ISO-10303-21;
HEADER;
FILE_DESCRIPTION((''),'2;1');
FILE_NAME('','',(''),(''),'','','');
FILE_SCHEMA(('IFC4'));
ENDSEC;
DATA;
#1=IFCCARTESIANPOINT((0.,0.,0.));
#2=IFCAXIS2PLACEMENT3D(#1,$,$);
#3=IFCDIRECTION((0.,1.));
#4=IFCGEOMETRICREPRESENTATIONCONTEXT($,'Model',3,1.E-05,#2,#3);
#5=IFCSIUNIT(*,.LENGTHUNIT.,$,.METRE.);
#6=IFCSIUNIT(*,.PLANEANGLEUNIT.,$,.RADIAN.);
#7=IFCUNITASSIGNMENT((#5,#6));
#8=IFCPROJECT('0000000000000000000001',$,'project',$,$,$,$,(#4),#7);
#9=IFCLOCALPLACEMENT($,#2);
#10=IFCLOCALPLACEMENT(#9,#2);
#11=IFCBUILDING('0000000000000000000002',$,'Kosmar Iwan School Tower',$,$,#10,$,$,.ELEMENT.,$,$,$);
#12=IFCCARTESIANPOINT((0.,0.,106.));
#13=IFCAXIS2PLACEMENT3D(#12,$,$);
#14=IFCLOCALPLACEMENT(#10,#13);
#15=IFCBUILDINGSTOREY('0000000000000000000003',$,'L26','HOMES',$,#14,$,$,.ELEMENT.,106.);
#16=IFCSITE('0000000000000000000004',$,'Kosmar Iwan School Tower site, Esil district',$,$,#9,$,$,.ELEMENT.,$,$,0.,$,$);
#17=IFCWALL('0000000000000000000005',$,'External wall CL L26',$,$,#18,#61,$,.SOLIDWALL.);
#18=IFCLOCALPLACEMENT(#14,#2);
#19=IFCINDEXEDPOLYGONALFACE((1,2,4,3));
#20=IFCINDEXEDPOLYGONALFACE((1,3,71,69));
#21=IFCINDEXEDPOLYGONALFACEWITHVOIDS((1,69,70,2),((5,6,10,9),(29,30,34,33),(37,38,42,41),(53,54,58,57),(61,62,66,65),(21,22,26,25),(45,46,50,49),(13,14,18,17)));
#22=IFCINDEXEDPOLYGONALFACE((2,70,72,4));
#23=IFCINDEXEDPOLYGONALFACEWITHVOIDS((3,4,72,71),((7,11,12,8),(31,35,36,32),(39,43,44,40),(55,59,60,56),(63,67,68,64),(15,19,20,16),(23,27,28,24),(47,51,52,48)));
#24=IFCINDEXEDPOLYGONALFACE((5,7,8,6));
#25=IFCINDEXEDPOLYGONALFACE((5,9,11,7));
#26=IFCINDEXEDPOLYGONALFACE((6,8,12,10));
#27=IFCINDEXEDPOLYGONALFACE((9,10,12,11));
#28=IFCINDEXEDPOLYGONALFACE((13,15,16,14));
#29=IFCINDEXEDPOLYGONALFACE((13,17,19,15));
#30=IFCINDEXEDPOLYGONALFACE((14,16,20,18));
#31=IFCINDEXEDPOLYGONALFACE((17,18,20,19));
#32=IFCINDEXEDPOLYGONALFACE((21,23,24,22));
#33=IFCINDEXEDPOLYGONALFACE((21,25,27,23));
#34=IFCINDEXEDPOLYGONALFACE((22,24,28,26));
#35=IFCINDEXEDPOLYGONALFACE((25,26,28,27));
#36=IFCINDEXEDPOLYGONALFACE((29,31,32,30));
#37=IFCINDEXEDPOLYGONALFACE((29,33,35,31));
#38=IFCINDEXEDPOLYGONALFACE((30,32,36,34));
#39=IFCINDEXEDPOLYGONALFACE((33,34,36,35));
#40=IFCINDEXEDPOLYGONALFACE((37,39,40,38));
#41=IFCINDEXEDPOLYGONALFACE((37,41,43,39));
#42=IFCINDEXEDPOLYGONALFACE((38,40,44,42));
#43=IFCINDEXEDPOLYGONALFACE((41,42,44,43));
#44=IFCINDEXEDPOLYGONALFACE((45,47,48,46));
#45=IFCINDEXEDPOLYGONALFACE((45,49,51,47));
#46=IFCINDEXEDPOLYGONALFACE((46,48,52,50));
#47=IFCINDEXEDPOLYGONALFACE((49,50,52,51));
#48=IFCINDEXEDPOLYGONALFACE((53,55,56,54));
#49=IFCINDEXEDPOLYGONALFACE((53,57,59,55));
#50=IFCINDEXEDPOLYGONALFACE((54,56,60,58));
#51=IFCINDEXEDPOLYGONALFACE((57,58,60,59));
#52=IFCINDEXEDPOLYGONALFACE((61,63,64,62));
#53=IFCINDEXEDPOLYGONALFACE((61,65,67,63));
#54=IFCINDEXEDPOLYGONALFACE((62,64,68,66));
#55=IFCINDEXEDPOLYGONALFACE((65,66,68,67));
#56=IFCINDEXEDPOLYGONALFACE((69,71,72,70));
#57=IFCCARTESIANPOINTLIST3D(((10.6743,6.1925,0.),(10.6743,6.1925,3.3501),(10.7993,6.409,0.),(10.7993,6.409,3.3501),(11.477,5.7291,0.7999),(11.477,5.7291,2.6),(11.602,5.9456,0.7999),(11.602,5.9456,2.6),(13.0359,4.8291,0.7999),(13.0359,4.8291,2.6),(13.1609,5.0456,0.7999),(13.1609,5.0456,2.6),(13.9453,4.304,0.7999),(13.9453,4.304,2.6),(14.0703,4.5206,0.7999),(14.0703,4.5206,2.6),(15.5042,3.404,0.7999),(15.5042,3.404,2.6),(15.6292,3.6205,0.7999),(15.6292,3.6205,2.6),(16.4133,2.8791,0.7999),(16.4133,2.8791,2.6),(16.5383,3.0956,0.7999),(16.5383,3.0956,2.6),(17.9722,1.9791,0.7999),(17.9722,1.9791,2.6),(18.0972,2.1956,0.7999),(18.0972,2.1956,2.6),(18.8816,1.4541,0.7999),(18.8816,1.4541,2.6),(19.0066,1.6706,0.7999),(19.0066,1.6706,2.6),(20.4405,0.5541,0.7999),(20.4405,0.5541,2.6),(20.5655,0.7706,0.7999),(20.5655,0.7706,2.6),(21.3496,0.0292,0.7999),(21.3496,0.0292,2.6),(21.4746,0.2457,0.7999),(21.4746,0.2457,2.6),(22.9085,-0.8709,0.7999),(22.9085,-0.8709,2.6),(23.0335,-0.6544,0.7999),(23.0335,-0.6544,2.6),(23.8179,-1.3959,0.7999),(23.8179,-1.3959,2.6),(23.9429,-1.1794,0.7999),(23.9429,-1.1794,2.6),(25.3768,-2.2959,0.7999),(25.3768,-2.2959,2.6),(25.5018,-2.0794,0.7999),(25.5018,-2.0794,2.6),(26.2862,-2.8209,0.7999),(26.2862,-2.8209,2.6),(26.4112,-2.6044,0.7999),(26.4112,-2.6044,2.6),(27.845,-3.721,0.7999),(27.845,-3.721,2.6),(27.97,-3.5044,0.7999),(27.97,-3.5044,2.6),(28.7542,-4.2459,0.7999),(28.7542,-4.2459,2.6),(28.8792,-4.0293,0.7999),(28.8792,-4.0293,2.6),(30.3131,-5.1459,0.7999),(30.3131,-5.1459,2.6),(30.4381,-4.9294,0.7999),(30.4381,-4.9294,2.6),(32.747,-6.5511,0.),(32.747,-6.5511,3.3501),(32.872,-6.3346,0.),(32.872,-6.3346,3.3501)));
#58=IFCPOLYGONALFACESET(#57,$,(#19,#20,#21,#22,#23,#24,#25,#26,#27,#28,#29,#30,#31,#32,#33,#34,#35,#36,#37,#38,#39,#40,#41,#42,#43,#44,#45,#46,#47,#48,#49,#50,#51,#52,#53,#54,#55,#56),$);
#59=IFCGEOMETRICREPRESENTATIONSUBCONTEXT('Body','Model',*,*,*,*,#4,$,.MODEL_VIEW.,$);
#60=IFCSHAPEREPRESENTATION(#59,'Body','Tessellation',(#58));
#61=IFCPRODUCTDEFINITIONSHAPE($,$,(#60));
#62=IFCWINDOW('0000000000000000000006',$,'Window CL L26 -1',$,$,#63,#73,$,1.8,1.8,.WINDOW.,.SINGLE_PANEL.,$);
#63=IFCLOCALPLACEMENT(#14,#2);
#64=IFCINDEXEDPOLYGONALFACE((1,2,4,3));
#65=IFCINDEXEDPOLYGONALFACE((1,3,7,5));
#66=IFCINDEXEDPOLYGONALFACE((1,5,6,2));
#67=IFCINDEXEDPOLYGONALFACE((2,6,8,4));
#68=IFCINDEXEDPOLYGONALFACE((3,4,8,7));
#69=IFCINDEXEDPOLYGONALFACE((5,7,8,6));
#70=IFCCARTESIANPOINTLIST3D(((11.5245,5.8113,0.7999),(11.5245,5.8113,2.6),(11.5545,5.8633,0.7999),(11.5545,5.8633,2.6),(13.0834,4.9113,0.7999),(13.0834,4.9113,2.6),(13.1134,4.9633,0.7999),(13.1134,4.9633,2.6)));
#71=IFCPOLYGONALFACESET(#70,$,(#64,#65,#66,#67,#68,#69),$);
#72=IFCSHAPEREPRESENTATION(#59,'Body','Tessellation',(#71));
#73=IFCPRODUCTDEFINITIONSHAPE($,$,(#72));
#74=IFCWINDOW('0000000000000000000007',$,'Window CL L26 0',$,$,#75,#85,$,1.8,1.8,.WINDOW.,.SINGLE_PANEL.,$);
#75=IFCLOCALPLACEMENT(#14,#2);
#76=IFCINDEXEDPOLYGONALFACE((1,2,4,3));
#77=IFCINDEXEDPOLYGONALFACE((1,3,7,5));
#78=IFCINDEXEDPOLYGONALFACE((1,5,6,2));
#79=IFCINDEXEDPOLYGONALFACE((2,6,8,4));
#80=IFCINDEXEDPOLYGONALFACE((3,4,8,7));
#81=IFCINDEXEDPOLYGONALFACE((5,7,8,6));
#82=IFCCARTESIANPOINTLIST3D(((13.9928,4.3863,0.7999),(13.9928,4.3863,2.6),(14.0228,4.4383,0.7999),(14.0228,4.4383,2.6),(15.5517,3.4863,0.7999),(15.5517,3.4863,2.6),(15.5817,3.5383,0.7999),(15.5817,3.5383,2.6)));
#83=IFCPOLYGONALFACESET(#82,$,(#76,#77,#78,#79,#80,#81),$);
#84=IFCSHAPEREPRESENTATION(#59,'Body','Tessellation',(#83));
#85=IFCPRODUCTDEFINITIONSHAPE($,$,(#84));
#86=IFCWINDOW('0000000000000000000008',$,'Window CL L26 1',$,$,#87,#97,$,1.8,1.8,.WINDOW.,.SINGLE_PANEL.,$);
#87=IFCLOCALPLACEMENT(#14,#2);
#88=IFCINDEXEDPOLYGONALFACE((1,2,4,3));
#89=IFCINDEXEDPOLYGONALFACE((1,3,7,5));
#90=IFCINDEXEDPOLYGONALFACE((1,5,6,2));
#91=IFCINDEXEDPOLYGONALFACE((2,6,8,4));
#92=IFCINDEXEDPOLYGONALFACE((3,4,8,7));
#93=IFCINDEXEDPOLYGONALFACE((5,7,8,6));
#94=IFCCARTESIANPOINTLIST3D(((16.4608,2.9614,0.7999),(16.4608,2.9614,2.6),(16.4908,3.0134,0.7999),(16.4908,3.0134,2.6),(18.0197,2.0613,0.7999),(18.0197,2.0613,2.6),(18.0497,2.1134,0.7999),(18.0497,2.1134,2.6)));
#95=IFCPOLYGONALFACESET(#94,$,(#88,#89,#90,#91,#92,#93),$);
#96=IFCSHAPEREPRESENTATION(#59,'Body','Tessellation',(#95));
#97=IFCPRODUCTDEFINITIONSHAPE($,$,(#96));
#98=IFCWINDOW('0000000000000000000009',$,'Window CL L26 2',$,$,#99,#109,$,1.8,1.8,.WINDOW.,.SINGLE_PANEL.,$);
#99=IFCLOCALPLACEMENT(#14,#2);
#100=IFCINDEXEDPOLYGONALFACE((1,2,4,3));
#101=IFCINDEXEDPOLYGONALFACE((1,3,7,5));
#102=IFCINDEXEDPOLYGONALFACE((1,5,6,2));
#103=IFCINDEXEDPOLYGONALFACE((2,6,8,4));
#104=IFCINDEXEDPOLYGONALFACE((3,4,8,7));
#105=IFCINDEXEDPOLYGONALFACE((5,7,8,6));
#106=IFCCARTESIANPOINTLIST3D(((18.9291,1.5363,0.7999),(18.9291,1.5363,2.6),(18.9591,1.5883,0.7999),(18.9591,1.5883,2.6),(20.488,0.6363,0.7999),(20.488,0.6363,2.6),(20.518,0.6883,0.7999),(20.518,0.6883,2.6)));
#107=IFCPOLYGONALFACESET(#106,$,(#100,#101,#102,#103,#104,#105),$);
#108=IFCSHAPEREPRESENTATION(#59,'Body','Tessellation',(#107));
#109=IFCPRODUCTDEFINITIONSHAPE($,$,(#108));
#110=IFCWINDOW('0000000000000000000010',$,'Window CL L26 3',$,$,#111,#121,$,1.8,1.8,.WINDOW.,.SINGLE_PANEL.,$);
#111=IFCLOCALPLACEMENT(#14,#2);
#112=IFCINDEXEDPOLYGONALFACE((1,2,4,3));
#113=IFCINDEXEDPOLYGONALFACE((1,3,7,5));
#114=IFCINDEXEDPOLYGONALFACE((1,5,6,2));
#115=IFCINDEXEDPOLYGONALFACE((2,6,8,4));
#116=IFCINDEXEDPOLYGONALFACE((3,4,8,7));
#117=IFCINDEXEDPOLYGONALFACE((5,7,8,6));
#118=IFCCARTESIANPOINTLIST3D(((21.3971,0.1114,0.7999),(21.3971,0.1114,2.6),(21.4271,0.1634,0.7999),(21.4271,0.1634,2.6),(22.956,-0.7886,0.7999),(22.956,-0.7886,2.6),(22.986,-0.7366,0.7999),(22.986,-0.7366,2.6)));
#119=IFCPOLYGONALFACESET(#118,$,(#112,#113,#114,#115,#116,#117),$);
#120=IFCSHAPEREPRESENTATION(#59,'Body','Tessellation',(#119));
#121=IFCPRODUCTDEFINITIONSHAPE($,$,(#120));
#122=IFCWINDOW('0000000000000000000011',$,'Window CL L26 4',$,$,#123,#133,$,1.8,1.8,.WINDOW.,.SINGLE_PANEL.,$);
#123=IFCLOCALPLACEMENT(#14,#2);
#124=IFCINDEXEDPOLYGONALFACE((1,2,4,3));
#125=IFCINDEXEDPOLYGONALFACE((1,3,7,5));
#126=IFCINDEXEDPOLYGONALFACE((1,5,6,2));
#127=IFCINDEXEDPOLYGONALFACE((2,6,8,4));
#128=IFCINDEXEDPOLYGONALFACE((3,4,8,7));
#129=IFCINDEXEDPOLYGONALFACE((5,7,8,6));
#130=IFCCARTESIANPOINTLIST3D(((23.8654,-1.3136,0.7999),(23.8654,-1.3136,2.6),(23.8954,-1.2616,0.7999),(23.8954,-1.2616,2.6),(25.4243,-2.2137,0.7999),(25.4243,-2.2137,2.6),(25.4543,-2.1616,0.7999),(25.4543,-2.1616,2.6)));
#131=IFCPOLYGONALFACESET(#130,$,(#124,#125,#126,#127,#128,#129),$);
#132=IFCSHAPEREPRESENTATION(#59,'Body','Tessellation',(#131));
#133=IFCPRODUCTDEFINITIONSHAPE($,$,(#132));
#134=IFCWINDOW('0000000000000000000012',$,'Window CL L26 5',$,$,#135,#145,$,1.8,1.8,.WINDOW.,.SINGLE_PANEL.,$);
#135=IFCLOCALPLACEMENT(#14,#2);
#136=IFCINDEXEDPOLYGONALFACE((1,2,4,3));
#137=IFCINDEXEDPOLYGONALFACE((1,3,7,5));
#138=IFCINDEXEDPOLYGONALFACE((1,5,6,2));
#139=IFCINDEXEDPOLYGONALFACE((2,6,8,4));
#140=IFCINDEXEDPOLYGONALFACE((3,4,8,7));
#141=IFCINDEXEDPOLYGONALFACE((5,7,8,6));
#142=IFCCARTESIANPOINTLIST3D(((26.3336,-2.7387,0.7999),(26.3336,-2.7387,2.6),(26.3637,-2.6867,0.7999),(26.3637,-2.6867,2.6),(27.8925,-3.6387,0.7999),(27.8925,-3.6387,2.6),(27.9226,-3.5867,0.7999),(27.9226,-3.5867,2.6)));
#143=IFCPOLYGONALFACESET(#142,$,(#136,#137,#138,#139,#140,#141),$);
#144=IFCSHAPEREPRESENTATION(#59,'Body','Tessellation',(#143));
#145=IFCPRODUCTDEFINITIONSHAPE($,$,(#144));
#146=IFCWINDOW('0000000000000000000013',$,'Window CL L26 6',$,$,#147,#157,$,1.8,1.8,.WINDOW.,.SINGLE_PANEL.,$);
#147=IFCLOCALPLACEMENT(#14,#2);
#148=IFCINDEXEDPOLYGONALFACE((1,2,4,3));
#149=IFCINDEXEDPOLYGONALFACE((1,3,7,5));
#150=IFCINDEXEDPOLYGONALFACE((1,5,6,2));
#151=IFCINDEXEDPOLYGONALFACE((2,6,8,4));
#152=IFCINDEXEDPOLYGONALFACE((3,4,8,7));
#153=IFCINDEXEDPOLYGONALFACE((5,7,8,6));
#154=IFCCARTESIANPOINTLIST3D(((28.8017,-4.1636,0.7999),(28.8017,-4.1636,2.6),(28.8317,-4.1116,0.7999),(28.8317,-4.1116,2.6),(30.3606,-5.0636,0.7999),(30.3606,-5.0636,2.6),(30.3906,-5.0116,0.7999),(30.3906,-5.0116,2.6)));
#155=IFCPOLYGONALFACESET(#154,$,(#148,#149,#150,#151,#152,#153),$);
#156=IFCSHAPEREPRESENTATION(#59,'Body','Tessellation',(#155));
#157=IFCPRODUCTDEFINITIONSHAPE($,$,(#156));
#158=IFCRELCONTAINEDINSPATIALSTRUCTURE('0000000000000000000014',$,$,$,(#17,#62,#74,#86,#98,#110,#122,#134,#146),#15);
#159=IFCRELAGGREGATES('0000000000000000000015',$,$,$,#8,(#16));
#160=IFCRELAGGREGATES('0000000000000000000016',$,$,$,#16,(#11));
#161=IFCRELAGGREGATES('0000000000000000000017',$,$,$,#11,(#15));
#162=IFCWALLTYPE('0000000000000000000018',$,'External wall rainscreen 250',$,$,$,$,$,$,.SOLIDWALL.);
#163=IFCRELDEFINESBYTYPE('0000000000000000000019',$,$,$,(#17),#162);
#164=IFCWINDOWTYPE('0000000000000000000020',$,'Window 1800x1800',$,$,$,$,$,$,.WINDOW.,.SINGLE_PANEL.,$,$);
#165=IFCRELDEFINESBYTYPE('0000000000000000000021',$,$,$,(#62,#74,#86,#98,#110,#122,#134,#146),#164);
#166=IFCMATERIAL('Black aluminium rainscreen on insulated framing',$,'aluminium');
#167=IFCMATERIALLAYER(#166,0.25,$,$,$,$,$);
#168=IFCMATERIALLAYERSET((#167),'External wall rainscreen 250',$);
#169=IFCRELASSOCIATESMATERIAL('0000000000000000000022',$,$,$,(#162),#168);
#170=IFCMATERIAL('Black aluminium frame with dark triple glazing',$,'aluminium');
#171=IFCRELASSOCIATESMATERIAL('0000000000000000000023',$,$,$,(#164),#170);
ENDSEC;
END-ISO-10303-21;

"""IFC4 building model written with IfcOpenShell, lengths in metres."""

from ifc_helpers import new_model, si_unit, direction, frame, frame_2d, origin, place, context, subcontext, project, spatial, rectangle, extrude, material, layer, layer_set, type_object, element, fill, save


model = new_model("IFC4")

# Units and contexts
model_context = context("Model", 3, precision=1e-05, world=origin(), true_north=direction((0.0, 1.0)))
body_context = subcontext(model_context, "Body", "Model", "MODEL_VIEW")
ifc_project = project(units=[si_unit("LENGTHUNIT", "METRE"), si_unit("PLANEANGLEUNIT", "RADIAN")], contexts=[model_context])

# Site, building, storey
site_placement = place(None, origin())
site = spatial("IfcSite", under=ifc_project, at=site_placement, Name="Kosmar Iwan School Tower site, Esil district", CompositionType="ELEMENT", RefElevation=0.0)
building_placement = place(site_placement, origin())
building = spatial("IfcBuilding", under=site, at=building_placement, Name="Kosmar Iwan School Tower", CompositionType="ELEMENT")
storey_placement = place(building_placement, frame((0.0, 0.0, 106.0)))
storey = spatial("IfcBuildingStorey", under=building, at=storey_placement, Name="L26", Description="HOMES", CompositionType="ELEMENT", Elevation=106.0)

# Wall, openings, windows
ifc_material_1 = material(Name="Black aluminium rainscreen on insulated framing", Category="aluminium")
ifc_layer = layer(ifc_material_1, 0.25)
ifc_layer_set = layer_set([ifc_layer], Name="External wall rainscreen 250")
wall_type = type_object("IfcWallType", Name="External wall rainscreen 250", PredefinedType="SOLIDWALL", material=ifc_layer_set)
wall_1_placement = place(storey_placement, frame((10.7368, 6.3008, 0.0), z_axis=(0.0, 0.0, 1.0), x_axis=(0.866026, -0.499998, 0.0)))
wall_1 = element("IfcWall", 1, at=wall_1_placement, inside=storey, type_object=wall_type, Name="External wall CL L26", PredefinedType="SOLIDWALL", context=body_context, shape_type="SweptSolid", body=[
    extrude(rectangle(XDim=25.4873, YDim=0.25, at=frame_2d((12.7437, 0.0))), origin(), (0.0, 0.0, 1.0), 3.3501),
])
opening_1_placement = place(wall_1_placement, frame((0.927, 0.0, 0.8)))
opening_1 = element("IfcOpeningElement", 2, at=opening_1_placement, cuts=wall_1, PredefinedType="OPENING", context=body_context, shape_type="SweptSolid", body=[
    extrude(rectangle(XDim=1.8, YDim=1.8, at=frame_2d((0.8999, 0.8999))), frame((0.0, 0.137, 0.0), z_axis=(0.0, -1.0, 0.0), x_axis=(1.0, 0.0, 0.0)), (0.0, 0.0, 1.0), 0.2739),
])
opening_2_placement = place(wall_1_placement, frame((3.7771, 0.0, 0.8)))
opening_2 = element("IfcOpeningElement", 3, at=opening_2_placement, cuts=wall_1, PredefinedType="OPENING", context=body_context, shape_type="SweptSolid", body=[
    extrude(rectangle(XDim=1.8, YDim=1.8, at=frame_2d((0.8999, 0.8999))), frame((0.0, 0.137, 0.0), z_axis=(0.0, -1.0, 0.0), x_axis=(1.0, 0.0, 0.0)), (0.0, 0.0, 1.0), 0.2739),
])
opening_3_placement = place(wall_1_placement, frame((6.627, 0.0, 0.8)))
opening_3 = element("IfcOpeningElement", 4, at=opening_3_placement, cuts=wall_1, PredefinedType="OPENING", context=body_context, shape_type="SweptSolid", body=[
    extrude(rectangle(XDim=1.8, YDim=1.8, at=frame_2d((0.8999, 0.8999))), frame((0.0, 0.137, 0.0), z_axis=(0.0, -1.0, 0.0), x_axis=(1.0, 0.0, 0.0)), (0.0, 0.0, 1.0), 0.2739),
])
opening_4_placement = place(wall_1_placement, frame((9.4771, 0.0, 0.8)))
opening_4 = element("IfcOpeningElement", 5, at=opening_4_placement, cuts=wall_1, PredefinedType="OPENING", context=body_context, shape_type="SweptSolid", body=[
    extrude(rectangle(XDim=1.8, YDim=1.8, at=frame_2d((0.8999, 0.8999))), frame((0.0, 0.137, 0.0), z_axis=(0.0, -1.0, 0.0), x_axis=(1.0, 0.0, 0.0)), (0.0, 0.0, 1.0), 0.2739),
])
opening_5_placement = place(wall_1_placement, frame((12.3269, 0.0, 0.8)))
opening_5 = element("IfcOpeningElement", 6, at=opening_5_placement, cuts=wall_1, PredefinedType="OPENING", context=body_context, shape_type="SweptSolid", body=[
    extrude(rectangle(XDim=1.8, YDim=1.8, at=frame_2d((0.8999, 0.8999))), frame((0.0, 0.137, 0.0), z_axis=(0.0, -1.0, 0.0), x_axis=(1.0, 0.0, 0.0)), (0.0, 0.0, 1.0), 0.2739),
])
opening_6_placement = place(wall_1_placement, frame((15.177, 0.0, 0.8)))
opening_6 = element("IfcOpeningElement", 7, at=opening_6_placement, cuts=wall_1, PredefinedType="OPENING", context=body_context, shape_type="SweptSolid", body=[
    extrude(rectangle(XDim=1.8, YDim=1.8, at=frame_2d((0.8999, 0.8999))), frame((0.0, 0.137, 0.0), z_axis=(0.0, -1.0, 0.0), x_axis=(1.0, 0.0, 0.0)), (0.0, 0.0, 1.0), 0.2739),
])
opening_7_placement = place(wall_1_placement, frame((18.0271, 0.0, 0.8)))
opening_7 = element("IfcOpeningElement", 8, at=opening_7_placement, cuts=wall_1, PredefinedType="OPENING", context=body_context, shape_type="SweptSolid", body=[
    extrude(rectangle(XDim=1.8, YDim=1.8, at=frame_2d((0.8999, 0.8999))), frame((0.0, 0.137, 0.0), z_axis=(0.0, -1.0, 0.0), x_axis=(1.0, 0.0, 0.0)), (0.0, 0.0, 1.0), 0.2739),
])
opening_8_placement = place(wall_1_placement, frame((20.877, 0.0, 0.8)))
opening_8 = element("IfcOpeningElement", 9, at=opening_8_placement, cuts=wall_1, PredefinedType="OPENING", context=body_context, shape_type="SweptSolid", body=[
    extrude(rectangle(XDim=1.8, YDim=1.8, at=frame_2d((0.8999, 0.8999))), frame((0.0, 0.137, 0.0), z_axis=(0.0, -1.0, 0.0), x_axis=(1.0, 0.0, 0.0)), (0.0, 0.0, 1.0), 0.2739),
])
ifc_material_2 = material(Name="Black aluminium frame with dark triple glazing", Category="aluminium")
window_type = type_object("IfcWindowType", Name="Window 1800x1800", PartitioningType="SINGLE_PANEL", PredefinedType="WINDOW", material=ifc_material_2)
window_1_placement = place(opening_1_placement, origin())
window_1 = element("IfcWindow", 10, at=window_1_placement, inside=storey, type_object=window_type, Name="Window CL L26 -1", OverallHeight=1.8, OverallWidth=1.8, PartitioningType="SINGLE_PANEL", PredefinedType="WINDOW", context=body_context, shape_type="SweptSolid", body=[
    extrude(rectangle(XDim=1.8, YDim=1.8, at=frame_2d((0.8999, 0.8999))), frame((0.0, 0.03, 0.0), z_axis=(0.0, -1.0, 0.0), x_axis=(1.0, 0.0, 0.0)), (0.0, 0.0, 1.0), 0.0601),
])
fill(opening_1, window_1)
window_2_placement = place(opening_2_placement, origin())
window_2 = element("IfcWindow", 11, at=window_2_placement, inside=storey, type_object=window_type, Name="Window CL L26 0", OverallHeight=1.8, OverallWidth=1.8, PartitioningType="SINGLE_PANEL", PredefinedType="WINDOW", context=body_context, shape_type="SweptSolid", body=[
    extrude(rectangle(XDim=1.8, YDim=1.8, at=frame_2d((0.8999, 0.8999))), frame((0.0, 0.03, 0.0), z_axis=(0.0, -1.0, 0.0), x_axis=(1.0, 0.0, 0.0)), (0.0, 0.0, 1.0), 0.0601),
])
fill(opening_2, window_2)
window_3_placement = place(opening_3_placement, origin())
window_3 = element("IfcWindow", 12, at=window_3_placement, inside=storey, type_object=window_type, Name="Window CL L26 1", OverallHeight=1.8, OverallWidth=1.8, PartitioningType="SINGLE_PANEL", PredefinedType="WINDOW", context=body_context, shape_type="SweptSolid", body=[
    extrude(rectangle(XDim=1.8, YDim=1.8, at=frame_2d((0.8999, 0.8999))), frame((0.0, 0.03, 0.0), z_axis=(0.0, -1.0, 0.0), x_axis=(1.0, 0.0, 0.0)), (0.0, 0.0, 1.0), 0.0601),
])
fill(opening_3, window_3)
window_4_placement = place(opening_4_placement, origin())
window_4 = element("IfcWindow", 13, at=window_4_placement, inside=storey, type_object=window_type, Name="Window CL L26 2", OverallHeight=1.8, OverallWidth=1.8, PartitioningType="SINGLE_PANEL", PredefinedType="WINDOW", context=body_context, shape_type="SweptSolid", body=[
    extrude(rectangle(XDim=1.8, YDim=1.8, at=frame_2d((0.8999, 0.8999))), frame((0.0, 0.03, 0.0), z_axis=(0.0, -1.0, 0.0), x_axis=(1.0, 0.0, 0.0)), (0.0, 0.0, 1.0), 0.0601),
])
fill(opening_4, window_4)
window_5_placement = place(opening_5_placement, origin())
window_5 = element("IfcWindow", 14, at=window_5_placement, inside=storey, type_object=window_type, Name="Window CL L26 3", OverallHeight=1.8, OverallWidth=1.8, PartitioningType="SINGLE_PANEL", PredefinedType="WINDOW", context=body_context, shape_type="SweptSolid", body=[
    extrude(rectangle(XDim=1.8, YDim=1.8, at=frame_2d((0.8999, 0.8999))), frame((0.0, 0.03, 0.0), z_axis=(0.0, -1.0, 0.0), x_axis=(1.0, 0.0, 0.0)), (0.0, 0.0, 1.0), 0.0601),
])
fill(opening_5, window_5)
window_6_placement = place(opening_6_placement, origin())
window_6 = element("IfcWindow", 15, at=window_6_placement, inside=storey, type_object=window_type, Name="Window CL L26 4", OverallHeight=1.8, OverallWidth=1.8, PartitioningType="SINGLE_PANEL", PredefinedType="WINDOW", context=body_context, shape_type="SweptSolid", body=[
    extrude(rectangle(XDim=1.8, YDim=1.8, at=frame_2d((0.8999, 0.8999))), frame((0.0, 0.03, 0.0), z_axis=(0.0, -1.0, 0.0), x_axis=(1.0, 0.0, 0.0)), (0.0, 0.0, 1.0), 0.0601),
])
fill(opening_6, window_6)
window_7_placement = place(opening_7_placement, origin())
window_7 = element("IfcWindow", 16, at=window_7_placement, inside=storey, type_object=window_type, Name="Window CL L26 5", OverallHeight=1.8, OverallWidth=1.8, PartitioningType="SINGLE_PANEL", PredefinedType="WINDOW", context=body_context, shape_type="SweptSolid", body=[
    extrude(rectangle(XDim=1.8, YDim=1.8, at=frame_2d((0.8999, 0.8999))), frame((0.0, 0.03, 0.0), z_axis=(0.0, -1.0, 0.0), x_axis=(1.0, 0.0, 0.0)), (0.0, 0.0, 1.0), 0.0601),
])
fill(opening_7, window_7)
window_8_placement = place(opening_8_placement, origin())
window_8 = element("IfcWindow", 17, at=window_8_placement, inside=storey, type_object=window_type, Name="Window CL L26 6", OverallHeight=1.8, OverallWidth=1.8, PartitioningType="SINGLE_PANEL", PredefinedType="WINDOW", context=body_context, shape_type="SweptSolid", body=[
    extrude(rectangle(XDim=1.8, YDim=1.8, at=frame_2d((0.8999, 0.8999))), frame((0.0, 0.03, 0.0), z_axis=(0.0, -1.0, 0.0), x_axis=(1.0, 0.0, 0.0)), (0.0, 0.0, 1.0), 0.0601),
])
fill(opening_8, window_8)

save(model, "model.ifc")
